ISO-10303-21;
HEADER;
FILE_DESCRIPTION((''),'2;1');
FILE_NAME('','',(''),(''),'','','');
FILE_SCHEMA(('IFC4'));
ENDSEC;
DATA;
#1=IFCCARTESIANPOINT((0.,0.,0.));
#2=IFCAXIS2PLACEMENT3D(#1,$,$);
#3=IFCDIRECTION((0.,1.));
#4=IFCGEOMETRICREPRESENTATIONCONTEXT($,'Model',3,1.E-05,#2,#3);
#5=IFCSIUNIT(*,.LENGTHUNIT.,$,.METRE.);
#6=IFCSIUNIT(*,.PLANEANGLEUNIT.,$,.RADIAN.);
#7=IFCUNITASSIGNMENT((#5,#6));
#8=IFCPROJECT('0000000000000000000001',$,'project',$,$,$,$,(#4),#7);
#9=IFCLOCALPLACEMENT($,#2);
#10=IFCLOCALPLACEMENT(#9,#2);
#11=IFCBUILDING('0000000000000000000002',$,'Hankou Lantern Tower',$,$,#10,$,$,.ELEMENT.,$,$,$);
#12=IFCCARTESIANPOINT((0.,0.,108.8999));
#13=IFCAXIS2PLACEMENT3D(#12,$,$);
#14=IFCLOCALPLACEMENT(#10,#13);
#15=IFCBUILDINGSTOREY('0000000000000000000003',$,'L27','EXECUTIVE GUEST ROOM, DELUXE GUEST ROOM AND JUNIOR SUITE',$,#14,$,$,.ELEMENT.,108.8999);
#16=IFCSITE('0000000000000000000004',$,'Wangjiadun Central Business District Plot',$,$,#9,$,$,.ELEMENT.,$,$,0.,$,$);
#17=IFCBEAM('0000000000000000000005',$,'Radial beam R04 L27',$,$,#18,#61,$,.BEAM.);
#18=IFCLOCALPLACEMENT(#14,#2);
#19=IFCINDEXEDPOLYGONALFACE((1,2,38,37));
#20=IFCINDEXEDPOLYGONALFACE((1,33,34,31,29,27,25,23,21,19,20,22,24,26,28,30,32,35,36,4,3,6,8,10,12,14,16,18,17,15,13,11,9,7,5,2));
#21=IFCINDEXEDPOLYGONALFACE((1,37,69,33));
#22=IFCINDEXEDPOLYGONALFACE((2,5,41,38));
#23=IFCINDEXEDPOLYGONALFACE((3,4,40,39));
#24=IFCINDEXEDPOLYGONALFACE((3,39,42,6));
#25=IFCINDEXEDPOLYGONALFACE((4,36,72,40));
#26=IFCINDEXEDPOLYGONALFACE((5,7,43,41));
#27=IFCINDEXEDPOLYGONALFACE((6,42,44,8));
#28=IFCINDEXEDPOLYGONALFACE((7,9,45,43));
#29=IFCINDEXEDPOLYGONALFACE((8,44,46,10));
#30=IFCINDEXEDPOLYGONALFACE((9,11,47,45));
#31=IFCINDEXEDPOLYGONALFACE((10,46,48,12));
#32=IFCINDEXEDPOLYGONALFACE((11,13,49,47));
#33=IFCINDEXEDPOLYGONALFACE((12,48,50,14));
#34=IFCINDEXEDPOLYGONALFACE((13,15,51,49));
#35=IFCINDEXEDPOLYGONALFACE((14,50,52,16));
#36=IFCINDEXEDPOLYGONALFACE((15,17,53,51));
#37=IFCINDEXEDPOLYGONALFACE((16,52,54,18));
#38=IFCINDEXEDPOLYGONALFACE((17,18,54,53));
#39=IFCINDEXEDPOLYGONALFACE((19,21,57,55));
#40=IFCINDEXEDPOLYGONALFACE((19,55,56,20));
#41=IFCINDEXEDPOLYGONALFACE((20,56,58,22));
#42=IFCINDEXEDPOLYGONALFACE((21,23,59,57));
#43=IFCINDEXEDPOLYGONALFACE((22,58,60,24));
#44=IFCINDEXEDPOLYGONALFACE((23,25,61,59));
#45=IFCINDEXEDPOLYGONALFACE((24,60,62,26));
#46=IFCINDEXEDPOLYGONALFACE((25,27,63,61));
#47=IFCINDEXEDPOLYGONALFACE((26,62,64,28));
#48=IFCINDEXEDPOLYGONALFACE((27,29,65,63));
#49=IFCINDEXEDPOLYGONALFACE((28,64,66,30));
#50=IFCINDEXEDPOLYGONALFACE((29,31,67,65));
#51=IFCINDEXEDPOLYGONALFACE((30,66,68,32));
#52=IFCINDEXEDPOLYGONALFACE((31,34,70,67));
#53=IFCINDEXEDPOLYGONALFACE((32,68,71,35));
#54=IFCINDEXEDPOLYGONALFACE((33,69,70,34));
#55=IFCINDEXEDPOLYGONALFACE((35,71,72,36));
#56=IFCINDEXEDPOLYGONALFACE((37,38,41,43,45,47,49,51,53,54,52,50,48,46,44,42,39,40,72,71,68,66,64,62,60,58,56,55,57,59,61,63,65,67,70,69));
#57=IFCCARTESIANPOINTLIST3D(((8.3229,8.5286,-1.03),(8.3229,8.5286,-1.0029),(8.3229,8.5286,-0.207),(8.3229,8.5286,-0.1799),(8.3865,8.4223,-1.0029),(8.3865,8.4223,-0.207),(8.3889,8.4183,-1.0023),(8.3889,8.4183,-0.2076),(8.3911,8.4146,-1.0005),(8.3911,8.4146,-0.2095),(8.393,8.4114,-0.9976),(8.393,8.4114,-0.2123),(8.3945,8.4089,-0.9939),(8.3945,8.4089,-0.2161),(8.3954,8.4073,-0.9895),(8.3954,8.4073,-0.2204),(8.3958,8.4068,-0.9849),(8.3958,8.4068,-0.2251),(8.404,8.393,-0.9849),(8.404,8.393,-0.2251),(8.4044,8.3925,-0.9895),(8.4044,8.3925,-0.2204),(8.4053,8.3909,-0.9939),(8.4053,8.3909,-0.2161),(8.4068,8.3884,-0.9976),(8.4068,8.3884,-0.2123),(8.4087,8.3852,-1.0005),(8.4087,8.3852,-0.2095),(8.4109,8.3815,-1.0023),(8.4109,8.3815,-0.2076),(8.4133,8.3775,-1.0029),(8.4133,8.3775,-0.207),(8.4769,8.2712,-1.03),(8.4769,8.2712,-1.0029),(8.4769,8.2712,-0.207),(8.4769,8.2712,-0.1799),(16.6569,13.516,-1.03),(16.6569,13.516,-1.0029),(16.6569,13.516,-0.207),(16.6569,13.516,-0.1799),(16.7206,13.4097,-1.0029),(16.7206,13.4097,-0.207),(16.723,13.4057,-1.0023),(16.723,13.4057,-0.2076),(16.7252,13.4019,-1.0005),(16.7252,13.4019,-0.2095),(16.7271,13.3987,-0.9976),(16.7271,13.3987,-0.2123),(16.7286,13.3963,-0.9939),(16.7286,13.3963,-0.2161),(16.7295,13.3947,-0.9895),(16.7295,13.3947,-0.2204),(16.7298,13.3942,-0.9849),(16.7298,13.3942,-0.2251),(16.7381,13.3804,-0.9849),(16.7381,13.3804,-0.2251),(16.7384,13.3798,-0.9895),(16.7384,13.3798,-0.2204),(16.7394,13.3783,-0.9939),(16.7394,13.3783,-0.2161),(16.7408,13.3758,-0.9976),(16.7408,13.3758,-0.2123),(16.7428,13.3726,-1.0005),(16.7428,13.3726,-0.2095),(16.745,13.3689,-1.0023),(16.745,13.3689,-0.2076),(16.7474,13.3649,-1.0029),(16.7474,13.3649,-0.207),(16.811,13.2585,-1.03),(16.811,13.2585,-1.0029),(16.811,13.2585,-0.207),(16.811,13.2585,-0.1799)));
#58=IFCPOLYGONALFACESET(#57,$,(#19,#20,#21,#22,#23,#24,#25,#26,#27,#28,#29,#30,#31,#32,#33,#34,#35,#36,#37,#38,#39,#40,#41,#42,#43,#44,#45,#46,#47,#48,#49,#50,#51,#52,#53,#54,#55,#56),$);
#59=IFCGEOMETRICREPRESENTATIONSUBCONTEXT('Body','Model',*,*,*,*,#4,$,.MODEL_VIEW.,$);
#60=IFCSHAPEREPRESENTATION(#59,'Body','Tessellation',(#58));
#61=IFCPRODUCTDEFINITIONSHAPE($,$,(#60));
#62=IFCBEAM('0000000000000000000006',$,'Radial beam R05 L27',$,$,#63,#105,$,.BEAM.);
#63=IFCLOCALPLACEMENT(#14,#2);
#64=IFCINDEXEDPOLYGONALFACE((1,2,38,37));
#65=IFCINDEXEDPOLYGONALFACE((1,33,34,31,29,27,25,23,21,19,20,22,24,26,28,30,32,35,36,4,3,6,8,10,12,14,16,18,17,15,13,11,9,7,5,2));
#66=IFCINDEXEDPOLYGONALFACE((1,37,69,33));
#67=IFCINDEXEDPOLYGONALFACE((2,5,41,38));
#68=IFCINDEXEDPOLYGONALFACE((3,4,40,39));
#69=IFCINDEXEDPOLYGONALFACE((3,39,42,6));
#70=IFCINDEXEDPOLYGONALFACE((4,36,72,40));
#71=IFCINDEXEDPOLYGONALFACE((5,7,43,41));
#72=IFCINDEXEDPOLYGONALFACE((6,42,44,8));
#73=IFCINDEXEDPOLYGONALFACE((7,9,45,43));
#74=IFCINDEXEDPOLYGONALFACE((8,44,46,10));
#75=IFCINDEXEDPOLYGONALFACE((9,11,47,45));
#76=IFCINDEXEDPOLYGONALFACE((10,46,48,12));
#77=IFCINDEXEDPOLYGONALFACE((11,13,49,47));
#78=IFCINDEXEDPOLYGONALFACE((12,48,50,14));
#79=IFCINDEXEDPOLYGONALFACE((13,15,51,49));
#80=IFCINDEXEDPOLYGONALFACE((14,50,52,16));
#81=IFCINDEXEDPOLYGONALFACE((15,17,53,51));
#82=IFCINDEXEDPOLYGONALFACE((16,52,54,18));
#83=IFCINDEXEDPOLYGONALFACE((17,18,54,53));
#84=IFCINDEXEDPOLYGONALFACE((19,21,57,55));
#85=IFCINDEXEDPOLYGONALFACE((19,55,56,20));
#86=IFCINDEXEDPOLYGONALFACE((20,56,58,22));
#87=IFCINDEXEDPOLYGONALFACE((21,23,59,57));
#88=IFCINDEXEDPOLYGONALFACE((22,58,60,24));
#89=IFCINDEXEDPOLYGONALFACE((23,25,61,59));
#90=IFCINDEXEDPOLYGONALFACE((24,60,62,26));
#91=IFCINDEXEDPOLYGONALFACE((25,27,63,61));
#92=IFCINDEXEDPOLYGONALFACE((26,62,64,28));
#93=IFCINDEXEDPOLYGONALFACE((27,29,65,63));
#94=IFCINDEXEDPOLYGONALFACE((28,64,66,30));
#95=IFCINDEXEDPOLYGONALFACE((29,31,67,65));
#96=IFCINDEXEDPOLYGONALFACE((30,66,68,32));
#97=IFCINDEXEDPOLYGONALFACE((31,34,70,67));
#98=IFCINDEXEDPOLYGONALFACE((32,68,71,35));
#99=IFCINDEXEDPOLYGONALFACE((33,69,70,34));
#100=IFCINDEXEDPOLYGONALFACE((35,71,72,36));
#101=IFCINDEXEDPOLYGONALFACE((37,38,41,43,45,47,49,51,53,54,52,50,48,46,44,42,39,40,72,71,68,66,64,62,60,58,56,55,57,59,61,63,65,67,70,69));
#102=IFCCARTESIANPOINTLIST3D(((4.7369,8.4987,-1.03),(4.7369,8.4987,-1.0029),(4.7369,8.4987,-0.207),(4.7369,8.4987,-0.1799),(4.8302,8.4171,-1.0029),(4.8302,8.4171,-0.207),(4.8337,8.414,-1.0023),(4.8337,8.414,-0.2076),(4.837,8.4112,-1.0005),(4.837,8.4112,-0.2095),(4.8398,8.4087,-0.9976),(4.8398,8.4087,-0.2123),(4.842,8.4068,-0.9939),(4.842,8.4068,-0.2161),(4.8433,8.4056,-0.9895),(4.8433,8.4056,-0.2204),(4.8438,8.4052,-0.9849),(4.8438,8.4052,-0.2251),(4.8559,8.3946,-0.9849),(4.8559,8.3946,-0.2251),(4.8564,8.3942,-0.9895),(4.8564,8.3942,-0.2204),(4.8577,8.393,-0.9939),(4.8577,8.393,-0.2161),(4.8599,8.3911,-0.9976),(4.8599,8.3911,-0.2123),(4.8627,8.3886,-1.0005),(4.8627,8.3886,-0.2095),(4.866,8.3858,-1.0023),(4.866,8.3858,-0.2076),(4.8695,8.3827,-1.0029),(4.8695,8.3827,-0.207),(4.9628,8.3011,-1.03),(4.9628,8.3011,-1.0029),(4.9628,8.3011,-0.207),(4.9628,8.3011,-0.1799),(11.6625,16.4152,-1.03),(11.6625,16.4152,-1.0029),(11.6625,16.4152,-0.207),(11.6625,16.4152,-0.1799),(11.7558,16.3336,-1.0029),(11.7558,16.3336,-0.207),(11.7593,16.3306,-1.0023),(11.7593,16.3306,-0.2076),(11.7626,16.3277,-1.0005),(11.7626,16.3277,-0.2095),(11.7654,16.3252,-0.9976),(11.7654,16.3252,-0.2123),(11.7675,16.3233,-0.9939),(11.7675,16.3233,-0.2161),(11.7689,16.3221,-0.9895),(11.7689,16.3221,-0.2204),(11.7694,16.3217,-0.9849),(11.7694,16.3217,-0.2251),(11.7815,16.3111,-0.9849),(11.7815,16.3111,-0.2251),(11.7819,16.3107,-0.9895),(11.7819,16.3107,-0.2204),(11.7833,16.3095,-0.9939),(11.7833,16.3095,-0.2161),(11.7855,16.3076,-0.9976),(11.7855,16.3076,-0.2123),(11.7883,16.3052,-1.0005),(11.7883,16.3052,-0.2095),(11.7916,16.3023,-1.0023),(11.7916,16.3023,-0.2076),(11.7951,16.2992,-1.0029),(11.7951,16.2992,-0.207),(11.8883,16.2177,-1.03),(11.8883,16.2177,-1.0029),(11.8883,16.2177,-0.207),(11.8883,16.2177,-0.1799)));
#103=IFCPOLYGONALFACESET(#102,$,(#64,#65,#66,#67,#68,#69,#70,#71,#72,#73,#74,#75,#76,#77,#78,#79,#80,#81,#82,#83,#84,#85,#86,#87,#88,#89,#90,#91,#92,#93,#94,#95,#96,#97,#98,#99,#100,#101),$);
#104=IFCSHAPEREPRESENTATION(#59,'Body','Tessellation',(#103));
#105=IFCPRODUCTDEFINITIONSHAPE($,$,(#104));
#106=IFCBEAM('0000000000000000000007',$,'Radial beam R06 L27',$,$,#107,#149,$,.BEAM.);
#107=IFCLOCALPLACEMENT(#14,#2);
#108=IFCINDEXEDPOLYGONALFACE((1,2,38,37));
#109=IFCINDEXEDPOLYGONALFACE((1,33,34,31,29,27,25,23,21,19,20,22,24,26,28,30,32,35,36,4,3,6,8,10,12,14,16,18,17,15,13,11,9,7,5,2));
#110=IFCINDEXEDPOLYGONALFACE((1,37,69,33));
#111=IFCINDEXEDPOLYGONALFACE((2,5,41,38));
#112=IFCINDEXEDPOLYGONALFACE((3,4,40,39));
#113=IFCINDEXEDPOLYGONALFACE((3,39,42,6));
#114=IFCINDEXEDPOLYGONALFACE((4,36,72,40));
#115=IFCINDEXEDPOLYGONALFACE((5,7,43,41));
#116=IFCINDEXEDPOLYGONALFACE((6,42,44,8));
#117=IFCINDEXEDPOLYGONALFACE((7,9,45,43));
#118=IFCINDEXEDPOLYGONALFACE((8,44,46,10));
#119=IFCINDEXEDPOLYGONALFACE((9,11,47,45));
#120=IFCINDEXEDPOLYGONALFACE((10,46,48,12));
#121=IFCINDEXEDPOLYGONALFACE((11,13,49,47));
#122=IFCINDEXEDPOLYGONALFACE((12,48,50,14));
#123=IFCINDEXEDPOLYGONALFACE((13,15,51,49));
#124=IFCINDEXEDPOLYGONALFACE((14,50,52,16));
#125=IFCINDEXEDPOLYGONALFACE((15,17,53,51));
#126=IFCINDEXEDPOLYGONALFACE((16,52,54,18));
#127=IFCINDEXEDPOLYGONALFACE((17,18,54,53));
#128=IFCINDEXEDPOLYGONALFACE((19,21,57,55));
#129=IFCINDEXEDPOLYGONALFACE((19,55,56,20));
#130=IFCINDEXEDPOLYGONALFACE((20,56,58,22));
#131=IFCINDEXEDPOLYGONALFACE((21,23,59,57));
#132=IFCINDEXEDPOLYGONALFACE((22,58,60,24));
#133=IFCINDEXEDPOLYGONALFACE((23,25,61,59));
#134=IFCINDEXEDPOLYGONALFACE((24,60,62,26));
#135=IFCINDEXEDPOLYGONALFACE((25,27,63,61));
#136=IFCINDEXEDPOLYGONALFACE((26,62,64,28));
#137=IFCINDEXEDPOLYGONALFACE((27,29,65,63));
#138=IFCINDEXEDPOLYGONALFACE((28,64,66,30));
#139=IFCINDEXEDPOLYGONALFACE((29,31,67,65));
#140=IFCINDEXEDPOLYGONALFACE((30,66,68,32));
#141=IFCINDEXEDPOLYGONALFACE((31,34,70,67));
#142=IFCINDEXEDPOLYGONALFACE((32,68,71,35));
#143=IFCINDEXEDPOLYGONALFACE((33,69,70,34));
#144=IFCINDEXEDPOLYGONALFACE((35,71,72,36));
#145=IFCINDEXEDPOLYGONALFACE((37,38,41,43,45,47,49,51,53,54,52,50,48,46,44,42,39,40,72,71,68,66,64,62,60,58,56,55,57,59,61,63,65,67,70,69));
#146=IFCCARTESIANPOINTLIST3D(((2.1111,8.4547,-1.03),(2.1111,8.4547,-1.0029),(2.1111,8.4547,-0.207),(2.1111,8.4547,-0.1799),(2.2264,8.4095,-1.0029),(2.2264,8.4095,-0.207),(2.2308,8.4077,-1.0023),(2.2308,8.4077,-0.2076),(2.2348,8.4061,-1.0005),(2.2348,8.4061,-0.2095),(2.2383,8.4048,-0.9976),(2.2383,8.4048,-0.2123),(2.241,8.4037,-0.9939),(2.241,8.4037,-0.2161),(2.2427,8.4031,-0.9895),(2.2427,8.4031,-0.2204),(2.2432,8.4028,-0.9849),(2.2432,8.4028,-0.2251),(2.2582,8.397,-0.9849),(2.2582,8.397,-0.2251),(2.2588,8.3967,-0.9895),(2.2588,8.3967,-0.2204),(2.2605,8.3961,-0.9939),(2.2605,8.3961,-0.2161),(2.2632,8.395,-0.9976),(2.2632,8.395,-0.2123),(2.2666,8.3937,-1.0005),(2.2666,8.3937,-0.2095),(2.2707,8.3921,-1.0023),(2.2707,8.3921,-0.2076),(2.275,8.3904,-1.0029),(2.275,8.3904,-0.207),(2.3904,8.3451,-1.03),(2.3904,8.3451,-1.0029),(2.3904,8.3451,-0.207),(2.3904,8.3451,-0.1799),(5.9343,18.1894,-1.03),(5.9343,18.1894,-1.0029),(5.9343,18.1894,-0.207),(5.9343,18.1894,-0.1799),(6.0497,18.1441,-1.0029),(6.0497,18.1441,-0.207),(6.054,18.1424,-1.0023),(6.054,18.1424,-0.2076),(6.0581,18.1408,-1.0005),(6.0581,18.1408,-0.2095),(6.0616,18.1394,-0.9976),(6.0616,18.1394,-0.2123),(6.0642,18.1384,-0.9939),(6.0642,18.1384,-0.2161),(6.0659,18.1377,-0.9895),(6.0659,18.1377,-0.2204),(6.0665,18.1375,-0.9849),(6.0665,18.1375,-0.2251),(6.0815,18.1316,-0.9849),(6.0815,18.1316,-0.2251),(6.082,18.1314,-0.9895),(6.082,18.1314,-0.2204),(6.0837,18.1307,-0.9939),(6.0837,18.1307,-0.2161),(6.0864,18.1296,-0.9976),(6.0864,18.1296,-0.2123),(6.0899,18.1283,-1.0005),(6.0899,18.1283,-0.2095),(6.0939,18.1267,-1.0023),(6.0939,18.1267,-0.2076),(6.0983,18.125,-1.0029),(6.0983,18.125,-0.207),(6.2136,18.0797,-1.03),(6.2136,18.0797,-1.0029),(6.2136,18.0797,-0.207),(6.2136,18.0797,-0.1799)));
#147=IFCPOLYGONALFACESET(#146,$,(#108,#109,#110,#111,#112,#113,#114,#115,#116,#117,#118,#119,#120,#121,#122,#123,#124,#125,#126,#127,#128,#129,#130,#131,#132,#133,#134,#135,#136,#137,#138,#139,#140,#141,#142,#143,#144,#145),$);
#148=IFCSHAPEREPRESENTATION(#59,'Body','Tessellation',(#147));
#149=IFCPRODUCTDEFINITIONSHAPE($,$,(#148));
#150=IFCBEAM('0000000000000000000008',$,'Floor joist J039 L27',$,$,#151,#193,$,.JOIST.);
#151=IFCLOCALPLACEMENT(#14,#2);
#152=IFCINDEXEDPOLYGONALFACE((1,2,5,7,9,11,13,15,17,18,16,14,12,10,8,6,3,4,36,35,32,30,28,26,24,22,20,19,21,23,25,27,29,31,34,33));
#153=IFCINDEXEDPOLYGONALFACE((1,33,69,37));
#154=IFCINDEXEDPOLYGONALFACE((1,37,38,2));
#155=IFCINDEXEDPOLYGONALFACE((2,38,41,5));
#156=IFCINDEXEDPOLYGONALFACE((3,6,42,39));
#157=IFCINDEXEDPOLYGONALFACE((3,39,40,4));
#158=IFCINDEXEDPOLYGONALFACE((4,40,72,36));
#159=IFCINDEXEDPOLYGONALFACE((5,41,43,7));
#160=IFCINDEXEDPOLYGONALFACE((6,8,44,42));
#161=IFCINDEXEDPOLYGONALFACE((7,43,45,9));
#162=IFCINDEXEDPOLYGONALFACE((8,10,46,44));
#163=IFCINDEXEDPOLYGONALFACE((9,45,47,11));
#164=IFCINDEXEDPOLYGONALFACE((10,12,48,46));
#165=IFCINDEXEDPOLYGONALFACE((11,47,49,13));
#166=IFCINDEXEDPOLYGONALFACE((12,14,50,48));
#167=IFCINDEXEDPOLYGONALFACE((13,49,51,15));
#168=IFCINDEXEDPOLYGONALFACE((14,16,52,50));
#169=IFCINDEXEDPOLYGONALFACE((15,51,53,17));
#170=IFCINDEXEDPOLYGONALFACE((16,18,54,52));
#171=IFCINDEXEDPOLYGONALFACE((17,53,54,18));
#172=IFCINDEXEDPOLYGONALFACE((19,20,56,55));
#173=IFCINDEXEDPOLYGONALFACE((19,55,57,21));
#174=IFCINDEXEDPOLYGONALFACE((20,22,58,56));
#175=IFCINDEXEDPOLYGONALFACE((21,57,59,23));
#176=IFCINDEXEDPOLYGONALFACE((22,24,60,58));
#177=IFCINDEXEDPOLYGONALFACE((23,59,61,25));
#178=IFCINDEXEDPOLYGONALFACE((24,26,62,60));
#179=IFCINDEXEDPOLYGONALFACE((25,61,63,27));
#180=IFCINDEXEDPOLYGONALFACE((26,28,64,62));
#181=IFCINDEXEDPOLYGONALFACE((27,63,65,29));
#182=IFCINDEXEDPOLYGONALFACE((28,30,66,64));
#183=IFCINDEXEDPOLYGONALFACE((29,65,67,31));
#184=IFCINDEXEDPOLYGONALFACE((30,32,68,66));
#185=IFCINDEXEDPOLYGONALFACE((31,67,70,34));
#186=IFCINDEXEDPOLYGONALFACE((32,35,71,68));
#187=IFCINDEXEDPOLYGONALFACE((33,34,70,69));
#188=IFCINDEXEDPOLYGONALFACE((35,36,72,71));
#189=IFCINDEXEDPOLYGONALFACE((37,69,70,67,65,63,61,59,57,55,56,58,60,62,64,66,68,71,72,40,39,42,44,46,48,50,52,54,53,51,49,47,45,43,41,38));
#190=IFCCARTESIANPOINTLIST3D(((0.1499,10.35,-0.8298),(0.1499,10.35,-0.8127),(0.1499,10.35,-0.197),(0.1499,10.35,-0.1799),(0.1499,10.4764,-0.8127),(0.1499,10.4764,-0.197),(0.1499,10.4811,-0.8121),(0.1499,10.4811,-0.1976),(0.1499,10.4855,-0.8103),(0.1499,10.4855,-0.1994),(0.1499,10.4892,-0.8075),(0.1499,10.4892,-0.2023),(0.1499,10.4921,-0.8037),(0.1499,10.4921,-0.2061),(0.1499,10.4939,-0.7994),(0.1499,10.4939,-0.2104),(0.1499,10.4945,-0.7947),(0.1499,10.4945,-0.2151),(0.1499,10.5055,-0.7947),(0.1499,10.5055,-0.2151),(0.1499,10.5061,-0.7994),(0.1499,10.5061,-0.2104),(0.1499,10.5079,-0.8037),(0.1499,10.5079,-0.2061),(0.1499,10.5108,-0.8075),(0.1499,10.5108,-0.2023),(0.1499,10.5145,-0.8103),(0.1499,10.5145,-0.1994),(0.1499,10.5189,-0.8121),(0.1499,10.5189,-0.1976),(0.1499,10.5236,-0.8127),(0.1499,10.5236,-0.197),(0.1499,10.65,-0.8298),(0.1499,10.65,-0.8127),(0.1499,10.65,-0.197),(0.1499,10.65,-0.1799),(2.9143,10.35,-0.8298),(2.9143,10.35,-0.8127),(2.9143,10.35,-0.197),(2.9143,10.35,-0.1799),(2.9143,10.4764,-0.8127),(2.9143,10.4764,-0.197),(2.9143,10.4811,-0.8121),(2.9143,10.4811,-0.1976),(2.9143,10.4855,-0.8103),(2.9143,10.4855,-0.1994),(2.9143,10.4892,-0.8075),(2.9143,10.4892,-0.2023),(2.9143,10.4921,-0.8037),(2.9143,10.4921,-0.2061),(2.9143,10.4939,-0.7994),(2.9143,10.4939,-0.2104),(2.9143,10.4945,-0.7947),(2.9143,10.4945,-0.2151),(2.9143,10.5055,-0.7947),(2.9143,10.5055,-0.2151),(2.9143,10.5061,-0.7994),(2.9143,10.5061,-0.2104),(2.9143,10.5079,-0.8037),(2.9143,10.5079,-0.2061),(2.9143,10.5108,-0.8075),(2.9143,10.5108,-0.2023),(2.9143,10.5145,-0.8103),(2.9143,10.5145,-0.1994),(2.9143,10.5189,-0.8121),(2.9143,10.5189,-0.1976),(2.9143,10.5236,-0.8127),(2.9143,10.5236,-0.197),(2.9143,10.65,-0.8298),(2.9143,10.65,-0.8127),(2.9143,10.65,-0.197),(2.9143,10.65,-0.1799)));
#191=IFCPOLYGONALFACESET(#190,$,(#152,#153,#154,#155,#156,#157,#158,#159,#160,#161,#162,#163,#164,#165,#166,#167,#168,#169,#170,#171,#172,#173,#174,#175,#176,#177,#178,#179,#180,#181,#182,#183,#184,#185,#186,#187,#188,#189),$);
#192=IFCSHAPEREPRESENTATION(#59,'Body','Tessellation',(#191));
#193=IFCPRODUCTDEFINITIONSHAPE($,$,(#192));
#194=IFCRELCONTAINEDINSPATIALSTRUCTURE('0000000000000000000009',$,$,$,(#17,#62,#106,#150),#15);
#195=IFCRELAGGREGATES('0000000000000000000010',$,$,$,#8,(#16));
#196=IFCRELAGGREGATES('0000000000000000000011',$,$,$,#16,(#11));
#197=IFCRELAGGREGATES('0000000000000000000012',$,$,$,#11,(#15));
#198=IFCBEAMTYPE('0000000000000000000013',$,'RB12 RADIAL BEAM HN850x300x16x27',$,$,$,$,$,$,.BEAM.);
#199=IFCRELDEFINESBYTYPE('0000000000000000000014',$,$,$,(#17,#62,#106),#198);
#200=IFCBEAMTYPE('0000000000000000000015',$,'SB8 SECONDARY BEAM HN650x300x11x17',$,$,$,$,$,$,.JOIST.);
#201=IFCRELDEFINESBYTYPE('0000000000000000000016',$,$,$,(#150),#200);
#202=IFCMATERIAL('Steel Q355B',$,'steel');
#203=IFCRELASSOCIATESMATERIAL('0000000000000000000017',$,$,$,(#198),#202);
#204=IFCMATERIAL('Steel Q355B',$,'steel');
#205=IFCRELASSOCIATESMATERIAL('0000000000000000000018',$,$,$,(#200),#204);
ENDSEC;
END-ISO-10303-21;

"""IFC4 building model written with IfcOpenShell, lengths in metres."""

from ifc_helpers import new_model, si_unit, direction, frame, origin, origin_2d, place, context, subcontext, project, spatial, i_section, extrude, material, material_profile, profile_set, type_object, element, save


model = new_model("IFC4")

# Units and contexts
model_context = context("Model", 3, precision=1e-05, world=origin(), true_north=direction((0.0, 1.0)))
body_context = subcontext(model_context, "Body", "Model", "MODEL_VIEW")
ifc_project = project(units=[si_unit("LENGTHUNIT", "METRE"), si_unit("PLANEANGLEUNIT", "RADIAN")], contexts=[model_context])

# Site, building, storey
site_placement = place(None, origin())
site = spatial("IfcSite", under=ifc_project, at=site_placement, Name="Wangjiadun Central Business District Plot", CompositionType="ELEMENT", RefElevation=0.0)
building_placement = place(site_placement, origin())
building = spatial("IfcBuilding", under=site, at=building_placement, Name="Hankou Lantern Tower", CompositionType="ELEMENT")
storey_placement = place(building_placement, frame((0.0, 0.0, 108.8999)))
storey = spatial("IfcBuildingStorey", under=building, at=storey_placement, Name="L27", Description="EXECUTIVE GUEST ROOM, DELUXE GUEST ROOM AND JUNIOR SUITE", CompositionType="ELEMENT", Elevation=108.8999)

# Beams
ifc_material_1 = material(Name="Steel Q355B", Category="steel")
ifc_material_profile_1 = material_profile(ifc_material_1, i_section(OverallWidth=0.3, OverallDepth=0.8501, WebThickness=0.0161, FlangeThickness=0.0271, FilletRadius=0.0181, at=origin_2d()), Name="HN850x300x16x27")
ifc_profile_set_1 = profile_set([ifc_material_profile_1], Name="Steel Q355B")
beam_type_1 = type_object("IfcBeamType", Name="RB12 RADIAL BEAM HN850x300x16x27", PredefinedType="BEAM", material=ifc_profile_set_1)
beam_1_placement = place(storey_placement, frame((8.3999, 8.3999, -0.605), z_axis=(0.858087, 0.513505, 0.0), x_axis=(-0.513505, 0.858087, 0.0)))
element("IfcBeam", 1, at=beam_1_placement, inside=storey, type_object=beam_type_1, Name="Radial beam R04 L27", PredefinedType="BEAM", context=body_context, shape_type="SweptSolid", body=[
    extrude(i_section(OverallWidth=0.3, OverallDepth=0.8501, WebThickness=0.0161, FlangeThickness=0.0271, FilletRadius=0.0181, at=origin_2d()), origin(), (0.0, 0.0, 1.0), 9.7124),
])
beam_2_placement = place(storey_placement, frame((4.8499, 8.3999, -0.605), z_axis=(0.658429, 0.752643, 0.0), x_axis=(-0.752643, 0.658429, 0.0)))
element("IfcBeam", 2, at=beam_2_placement, inside=storey, type_object=beam_type_1, Name="Radial beam R05 L27", PredefinedType="BEAM", context=body_context, shape_type="SweptSolid", body=[
    extrude(i_section(OverallWidth=0.3, OverallDepth=0.8501, WebThickness=0.0161, FlangeThickness=0.0271, FilletRadius=0.0181, at=origin_2d()), origin(), (0.0, 0.0, 1.0), 10.5183),
])
beam_3_placement = place(storey_placement, frame((2.2507, 8.3999, -0.605), z_axis=(0.365564, 0.930786, 0.0), x_axis=(-0.930786, 0.365564, 0.0)))
element("IfcBeam", 3, at=beam_3_placement, inside=storey, type_object=beam_type_1, Name="Radial beam R06 L27", PredefinedType="BEAM", context=body_context, shape_type="SweptSolid", body=[
    extrude(i_section(OverallWidth=0.3, OverallDepth=0.8501, WebThickness=0.0161, FlangeThickness=0.0271, FilletRadius=0.0181, at=origin_2d()), origin(), (0.0, 0.0, 1.0), 10.4585),
])
ifc_material_2 = material(Name="Steel Q355B", Category="steel")
ifc_material_profile_2 = material_profile(ifc_material_2, i_section(OverallWidth=0.3, OverallDepth=0.6499, WebThickness=0.011, FlangeThickness=0.0171, FilletRadius=0.0181, at=origin_2d()), Name="HN650x300x11x17")
ifc_profile_set_2 = profile_set([ifc_material_profile_2], Name="Steel Q355B")
beam_type_2 = type_object("IfcBeamType", Name="SB8 SECONDARY BEAM HN650x300x11x17", PredefinedType="JOIST", material=ifc_profile_set_2)
beam_4_placement = place(storey_placement, frame((0.1499, 10.5, -0.5049), z_axis=(1.0, 0.0, 0.0), x_axis=(0.0, 1.0, 0.0)))
element("IfcBeam", 4, at=beam_4_placement, inside=storey, type_object=beam_type_2, Name="Floor joist J039 L27", PredefinedType="JOIST", context=body_context, shape_type="SweptSolid", body=[
    extrude(i_section(OverallWidth=0.3, OverallDepth=0.6499, WebThickness=0.011, FlangeThickness=0.0171, FilletRadius=0.0181, at=origin_2d()), origin(), (0.0, 0.0, 1.0), 2.7644),
])

save(model, "model.ifc")
